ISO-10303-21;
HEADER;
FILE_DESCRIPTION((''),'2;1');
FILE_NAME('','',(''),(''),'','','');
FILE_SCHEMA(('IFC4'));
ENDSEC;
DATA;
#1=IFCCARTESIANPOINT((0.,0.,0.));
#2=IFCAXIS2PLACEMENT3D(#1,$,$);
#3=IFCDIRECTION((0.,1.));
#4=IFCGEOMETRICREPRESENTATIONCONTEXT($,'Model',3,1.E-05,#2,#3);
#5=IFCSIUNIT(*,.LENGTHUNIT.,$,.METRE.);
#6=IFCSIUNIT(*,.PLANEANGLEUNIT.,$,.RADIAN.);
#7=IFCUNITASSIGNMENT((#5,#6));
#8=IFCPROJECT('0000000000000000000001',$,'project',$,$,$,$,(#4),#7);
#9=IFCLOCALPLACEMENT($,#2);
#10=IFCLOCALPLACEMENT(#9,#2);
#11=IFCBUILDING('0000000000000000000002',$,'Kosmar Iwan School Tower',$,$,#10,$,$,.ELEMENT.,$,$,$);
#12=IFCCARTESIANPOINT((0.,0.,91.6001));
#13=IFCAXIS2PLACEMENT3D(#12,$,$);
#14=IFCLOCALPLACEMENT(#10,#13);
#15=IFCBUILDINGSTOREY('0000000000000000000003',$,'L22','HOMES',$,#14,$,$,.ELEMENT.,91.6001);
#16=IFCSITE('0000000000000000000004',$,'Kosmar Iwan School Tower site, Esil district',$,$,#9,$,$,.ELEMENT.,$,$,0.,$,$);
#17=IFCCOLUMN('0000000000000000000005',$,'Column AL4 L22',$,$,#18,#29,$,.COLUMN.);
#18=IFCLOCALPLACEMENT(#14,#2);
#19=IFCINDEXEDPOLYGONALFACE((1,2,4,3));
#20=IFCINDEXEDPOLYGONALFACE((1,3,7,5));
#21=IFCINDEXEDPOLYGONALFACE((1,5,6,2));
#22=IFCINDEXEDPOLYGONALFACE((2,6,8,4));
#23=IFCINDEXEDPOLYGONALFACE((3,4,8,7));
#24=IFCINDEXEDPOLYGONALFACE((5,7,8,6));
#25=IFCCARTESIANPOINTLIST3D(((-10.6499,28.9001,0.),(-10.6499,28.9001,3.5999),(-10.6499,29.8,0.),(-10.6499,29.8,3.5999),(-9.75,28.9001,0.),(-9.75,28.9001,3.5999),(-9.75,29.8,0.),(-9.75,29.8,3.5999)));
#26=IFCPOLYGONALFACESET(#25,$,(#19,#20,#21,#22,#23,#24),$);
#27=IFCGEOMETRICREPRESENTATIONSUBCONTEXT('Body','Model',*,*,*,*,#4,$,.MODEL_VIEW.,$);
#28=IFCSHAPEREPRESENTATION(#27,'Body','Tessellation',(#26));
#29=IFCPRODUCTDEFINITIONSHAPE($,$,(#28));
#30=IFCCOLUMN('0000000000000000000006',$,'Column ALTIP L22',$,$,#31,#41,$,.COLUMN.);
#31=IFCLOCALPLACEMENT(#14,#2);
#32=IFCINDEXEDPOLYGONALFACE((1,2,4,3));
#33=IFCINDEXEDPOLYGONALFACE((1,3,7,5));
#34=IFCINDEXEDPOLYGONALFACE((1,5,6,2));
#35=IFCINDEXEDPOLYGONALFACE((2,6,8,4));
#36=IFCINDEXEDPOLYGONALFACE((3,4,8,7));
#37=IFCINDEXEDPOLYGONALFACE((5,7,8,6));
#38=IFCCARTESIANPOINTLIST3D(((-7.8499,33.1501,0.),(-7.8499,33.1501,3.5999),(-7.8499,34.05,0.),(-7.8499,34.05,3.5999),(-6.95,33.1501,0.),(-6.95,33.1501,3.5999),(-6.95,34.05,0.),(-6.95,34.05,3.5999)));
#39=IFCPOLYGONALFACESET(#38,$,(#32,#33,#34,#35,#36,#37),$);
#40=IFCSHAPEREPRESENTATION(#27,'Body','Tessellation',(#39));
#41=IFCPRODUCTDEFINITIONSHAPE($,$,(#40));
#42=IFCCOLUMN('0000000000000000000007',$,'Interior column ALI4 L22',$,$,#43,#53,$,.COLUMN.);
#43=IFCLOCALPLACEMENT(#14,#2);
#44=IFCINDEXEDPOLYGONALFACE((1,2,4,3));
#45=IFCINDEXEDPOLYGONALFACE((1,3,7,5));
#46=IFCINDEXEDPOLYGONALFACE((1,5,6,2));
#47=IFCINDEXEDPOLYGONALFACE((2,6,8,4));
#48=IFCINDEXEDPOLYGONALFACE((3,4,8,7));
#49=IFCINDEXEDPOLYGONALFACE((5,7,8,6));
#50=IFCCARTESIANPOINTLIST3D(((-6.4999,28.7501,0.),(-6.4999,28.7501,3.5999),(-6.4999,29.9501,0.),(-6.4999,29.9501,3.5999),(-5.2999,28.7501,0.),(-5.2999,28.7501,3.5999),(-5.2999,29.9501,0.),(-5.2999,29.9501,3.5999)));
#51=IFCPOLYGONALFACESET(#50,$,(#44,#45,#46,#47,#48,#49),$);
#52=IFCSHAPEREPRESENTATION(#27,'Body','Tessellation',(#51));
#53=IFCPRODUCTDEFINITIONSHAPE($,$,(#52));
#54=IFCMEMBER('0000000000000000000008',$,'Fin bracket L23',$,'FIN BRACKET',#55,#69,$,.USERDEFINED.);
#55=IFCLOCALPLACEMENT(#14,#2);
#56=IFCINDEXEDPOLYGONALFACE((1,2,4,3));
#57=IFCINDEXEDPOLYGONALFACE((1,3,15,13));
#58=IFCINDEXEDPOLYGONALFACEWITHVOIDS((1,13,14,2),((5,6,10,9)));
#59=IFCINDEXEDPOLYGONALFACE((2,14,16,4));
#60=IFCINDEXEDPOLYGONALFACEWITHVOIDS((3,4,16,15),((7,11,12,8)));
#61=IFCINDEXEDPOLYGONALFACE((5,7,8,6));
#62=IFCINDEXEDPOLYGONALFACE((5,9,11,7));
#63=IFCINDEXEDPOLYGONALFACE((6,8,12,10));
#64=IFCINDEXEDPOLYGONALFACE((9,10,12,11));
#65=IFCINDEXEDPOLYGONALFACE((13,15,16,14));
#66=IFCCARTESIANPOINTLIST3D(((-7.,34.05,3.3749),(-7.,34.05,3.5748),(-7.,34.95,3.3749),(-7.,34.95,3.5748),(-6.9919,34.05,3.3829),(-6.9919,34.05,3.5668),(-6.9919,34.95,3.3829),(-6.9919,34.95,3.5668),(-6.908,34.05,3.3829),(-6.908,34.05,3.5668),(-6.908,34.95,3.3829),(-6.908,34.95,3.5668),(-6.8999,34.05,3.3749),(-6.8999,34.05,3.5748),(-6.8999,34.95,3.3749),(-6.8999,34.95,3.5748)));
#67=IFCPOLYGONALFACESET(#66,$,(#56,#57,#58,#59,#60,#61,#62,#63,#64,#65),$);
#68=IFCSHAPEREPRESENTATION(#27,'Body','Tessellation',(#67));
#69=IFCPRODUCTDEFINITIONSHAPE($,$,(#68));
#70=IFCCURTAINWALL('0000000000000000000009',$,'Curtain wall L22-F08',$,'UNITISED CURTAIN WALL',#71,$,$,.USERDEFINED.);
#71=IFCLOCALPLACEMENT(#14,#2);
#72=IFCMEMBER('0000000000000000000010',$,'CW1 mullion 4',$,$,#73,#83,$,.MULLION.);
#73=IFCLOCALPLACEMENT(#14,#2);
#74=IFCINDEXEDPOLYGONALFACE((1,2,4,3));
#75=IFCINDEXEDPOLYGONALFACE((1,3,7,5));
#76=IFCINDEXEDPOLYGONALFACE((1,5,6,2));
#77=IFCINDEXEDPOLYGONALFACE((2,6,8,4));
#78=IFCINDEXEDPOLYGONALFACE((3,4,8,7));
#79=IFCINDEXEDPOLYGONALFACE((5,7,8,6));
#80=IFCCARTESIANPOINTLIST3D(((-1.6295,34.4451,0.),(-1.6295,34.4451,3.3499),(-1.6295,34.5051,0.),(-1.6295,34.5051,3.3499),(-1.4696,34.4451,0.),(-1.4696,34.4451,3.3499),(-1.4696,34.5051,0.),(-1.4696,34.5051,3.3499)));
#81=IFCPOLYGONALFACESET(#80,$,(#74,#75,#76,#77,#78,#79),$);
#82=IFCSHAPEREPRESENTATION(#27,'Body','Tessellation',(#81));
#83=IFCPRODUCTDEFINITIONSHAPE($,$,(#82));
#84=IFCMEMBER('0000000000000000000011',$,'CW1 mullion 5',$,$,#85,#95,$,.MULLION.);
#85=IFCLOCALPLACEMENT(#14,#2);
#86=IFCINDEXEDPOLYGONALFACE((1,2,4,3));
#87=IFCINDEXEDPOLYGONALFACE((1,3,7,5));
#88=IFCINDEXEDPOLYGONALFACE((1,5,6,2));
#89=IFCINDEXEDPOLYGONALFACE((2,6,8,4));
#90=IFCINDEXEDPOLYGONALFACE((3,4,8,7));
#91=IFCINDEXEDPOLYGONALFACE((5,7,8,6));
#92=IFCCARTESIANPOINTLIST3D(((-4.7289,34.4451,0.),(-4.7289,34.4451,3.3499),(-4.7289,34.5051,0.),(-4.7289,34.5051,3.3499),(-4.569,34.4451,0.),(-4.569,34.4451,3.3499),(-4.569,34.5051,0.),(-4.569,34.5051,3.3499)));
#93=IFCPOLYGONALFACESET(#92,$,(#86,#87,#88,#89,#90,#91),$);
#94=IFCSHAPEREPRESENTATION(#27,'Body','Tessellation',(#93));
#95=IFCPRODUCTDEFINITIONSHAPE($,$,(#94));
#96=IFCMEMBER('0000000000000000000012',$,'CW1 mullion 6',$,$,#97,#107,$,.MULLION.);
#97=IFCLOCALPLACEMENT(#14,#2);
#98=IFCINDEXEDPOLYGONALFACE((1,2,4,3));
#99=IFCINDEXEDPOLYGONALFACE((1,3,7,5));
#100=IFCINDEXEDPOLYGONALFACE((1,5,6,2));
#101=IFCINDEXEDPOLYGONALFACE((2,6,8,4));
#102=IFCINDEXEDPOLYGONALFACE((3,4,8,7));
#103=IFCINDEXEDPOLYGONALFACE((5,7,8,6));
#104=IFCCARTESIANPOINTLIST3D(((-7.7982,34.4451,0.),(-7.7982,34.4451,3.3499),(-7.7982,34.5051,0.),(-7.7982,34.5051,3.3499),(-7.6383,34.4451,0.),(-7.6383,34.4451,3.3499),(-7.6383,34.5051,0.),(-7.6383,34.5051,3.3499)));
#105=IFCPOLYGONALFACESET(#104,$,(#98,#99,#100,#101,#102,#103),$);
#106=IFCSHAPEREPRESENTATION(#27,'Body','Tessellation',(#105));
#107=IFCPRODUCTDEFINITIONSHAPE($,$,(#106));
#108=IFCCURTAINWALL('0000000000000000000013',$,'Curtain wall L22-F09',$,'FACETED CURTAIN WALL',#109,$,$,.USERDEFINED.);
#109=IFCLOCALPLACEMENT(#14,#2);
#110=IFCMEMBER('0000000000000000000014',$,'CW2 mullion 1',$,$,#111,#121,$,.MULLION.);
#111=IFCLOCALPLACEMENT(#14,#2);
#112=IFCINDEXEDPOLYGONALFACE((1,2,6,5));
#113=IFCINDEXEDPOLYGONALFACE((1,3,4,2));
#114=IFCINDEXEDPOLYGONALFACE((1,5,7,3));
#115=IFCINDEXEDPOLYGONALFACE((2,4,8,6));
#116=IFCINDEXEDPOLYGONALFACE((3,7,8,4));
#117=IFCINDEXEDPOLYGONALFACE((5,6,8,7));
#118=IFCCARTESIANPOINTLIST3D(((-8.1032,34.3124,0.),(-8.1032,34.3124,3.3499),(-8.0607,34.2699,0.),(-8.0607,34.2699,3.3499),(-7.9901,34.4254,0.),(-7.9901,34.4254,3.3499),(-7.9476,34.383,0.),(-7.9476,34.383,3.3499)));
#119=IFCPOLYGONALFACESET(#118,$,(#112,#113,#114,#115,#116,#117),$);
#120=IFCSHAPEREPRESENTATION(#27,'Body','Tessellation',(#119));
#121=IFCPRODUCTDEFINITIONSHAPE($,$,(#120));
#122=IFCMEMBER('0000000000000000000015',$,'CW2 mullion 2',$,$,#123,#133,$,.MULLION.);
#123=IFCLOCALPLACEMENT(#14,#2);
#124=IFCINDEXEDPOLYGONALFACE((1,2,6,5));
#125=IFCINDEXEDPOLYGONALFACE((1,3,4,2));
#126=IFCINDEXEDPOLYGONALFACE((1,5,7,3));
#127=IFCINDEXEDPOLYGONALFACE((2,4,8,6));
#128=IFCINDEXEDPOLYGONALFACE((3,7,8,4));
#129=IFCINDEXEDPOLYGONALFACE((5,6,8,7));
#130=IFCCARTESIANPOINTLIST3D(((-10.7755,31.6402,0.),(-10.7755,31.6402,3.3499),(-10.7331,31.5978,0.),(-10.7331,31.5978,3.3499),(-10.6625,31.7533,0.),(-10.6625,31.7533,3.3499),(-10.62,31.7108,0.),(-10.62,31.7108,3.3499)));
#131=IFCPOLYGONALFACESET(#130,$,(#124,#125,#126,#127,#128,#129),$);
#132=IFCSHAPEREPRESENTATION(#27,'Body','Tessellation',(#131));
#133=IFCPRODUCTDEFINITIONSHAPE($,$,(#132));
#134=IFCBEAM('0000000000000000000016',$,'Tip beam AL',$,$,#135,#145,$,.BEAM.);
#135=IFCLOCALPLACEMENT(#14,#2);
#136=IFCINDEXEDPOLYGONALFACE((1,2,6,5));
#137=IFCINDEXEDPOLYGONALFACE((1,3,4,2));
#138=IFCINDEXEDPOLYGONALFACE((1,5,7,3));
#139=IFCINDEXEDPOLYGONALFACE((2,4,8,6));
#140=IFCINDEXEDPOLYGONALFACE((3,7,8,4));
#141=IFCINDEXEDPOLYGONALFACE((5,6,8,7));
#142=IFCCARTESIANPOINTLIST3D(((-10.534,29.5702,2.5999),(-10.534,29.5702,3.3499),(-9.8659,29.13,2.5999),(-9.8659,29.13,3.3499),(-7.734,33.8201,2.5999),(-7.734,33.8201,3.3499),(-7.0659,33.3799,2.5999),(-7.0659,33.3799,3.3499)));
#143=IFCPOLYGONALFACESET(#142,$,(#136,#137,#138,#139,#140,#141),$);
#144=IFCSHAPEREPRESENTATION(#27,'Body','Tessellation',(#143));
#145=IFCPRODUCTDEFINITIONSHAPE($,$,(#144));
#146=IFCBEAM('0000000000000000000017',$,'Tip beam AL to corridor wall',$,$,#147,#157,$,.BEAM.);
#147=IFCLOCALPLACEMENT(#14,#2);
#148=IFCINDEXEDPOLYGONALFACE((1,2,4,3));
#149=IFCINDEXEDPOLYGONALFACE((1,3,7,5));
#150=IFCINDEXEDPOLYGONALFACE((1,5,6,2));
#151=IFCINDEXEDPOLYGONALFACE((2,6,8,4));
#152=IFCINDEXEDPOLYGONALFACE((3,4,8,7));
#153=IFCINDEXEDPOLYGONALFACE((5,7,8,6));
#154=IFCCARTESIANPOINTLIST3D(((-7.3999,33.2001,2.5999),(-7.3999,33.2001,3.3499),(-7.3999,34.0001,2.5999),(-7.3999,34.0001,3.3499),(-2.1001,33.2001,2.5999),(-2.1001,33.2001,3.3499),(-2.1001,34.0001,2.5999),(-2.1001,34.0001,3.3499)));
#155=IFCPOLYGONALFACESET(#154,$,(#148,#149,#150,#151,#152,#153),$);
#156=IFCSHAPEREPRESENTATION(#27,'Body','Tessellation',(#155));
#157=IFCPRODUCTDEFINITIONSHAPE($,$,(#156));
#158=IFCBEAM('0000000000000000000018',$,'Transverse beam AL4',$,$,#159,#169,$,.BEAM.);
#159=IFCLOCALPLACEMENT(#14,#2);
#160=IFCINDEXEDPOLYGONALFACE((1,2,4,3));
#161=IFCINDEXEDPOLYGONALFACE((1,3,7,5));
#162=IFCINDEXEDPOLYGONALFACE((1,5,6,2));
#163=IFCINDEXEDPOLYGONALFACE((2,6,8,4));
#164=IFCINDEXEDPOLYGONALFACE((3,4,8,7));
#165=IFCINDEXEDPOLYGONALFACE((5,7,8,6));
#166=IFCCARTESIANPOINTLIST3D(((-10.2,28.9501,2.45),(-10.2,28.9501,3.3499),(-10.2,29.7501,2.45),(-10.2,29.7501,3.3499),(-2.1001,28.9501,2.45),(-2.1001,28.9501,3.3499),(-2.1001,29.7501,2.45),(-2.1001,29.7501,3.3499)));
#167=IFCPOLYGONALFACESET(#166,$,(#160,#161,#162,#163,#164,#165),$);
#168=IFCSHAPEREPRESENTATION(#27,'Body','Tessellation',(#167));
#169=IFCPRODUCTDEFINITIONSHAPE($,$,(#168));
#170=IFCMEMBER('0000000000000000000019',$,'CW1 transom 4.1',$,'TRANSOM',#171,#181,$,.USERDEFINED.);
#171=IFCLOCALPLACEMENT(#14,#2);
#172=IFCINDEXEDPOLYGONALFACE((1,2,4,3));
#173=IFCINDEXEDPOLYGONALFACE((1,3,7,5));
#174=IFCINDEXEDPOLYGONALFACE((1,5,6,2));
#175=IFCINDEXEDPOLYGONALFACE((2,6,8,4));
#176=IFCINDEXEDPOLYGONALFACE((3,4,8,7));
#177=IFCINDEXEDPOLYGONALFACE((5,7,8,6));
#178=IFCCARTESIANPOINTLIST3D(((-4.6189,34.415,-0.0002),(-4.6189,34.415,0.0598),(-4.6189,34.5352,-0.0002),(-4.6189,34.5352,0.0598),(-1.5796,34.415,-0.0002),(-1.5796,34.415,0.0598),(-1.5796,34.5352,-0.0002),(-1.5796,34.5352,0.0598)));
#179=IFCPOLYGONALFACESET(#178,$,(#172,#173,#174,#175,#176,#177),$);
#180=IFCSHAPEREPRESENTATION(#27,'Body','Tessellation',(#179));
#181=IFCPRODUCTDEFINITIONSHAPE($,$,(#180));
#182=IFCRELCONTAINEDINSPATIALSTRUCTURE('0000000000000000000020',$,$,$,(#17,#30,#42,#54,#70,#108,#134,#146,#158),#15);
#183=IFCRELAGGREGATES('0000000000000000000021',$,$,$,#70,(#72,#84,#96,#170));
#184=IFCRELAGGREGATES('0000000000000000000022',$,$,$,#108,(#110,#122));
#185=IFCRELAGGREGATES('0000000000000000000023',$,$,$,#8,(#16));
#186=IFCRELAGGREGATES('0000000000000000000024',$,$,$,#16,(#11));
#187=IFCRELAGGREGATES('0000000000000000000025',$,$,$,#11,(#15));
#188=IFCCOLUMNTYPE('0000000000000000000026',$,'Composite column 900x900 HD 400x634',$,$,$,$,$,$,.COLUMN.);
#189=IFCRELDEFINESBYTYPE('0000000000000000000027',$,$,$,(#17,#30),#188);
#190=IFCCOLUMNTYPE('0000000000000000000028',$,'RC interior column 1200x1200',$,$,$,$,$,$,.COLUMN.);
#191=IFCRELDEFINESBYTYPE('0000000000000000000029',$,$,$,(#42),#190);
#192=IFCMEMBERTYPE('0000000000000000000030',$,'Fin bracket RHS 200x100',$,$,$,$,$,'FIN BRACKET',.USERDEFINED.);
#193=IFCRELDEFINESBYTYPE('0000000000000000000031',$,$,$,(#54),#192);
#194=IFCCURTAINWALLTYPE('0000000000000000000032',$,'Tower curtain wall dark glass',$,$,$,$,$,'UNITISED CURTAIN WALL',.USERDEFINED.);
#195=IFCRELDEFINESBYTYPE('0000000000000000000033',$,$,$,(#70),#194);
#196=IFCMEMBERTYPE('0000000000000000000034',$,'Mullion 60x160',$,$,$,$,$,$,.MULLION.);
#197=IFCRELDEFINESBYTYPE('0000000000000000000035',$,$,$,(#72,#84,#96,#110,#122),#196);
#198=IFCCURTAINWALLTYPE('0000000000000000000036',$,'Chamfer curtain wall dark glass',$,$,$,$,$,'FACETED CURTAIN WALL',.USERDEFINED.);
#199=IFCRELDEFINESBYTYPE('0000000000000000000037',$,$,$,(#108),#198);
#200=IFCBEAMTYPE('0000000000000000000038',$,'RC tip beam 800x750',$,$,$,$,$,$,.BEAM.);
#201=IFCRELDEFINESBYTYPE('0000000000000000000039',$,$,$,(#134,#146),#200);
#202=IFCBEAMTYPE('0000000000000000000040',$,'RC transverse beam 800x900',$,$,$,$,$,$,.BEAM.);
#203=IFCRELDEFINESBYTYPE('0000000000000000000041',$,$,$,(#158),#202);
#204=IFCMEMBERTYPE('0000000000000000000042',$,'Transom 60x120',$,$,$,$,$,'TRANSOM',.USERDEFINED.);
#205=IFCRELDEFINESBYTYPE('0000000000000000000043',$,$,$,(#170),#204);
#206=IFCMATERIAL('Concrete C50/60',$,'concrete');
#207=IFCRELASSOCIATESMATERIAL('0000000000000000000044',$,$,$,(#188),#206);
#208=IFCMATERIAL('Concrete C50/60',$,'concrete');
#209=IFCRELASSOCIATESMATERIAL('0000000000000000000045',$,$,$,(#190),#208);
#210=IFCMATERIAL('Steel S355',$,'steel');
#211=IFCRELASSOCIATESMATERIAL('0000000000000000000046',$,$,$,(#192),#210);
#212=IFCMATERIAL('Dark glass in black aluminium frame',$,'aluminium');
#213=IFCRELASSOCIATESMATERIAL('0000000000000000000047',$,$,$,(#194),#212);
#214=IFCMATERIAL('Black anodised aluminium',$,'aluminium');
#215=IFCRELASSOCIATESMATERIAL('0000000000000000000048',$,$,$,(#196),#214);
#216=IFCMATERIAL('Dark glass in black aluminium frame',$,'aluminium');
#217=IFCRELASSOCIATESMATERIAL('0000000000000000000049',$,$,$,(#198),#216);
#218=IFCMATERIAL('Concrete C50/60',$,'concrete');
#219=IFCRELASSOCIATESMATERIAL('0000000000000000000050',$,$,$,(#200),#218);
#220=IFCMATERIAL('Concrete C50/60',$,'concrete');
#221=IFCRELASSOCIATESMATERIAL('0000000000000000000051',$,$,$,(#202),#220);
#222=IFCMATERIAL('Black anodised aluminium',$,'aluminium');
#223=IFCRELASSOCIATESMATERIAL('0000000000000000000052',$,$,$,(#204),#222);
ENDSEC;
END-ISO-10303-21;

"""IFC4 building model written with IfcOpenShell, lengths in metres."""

from ifc_helpers import new_model, si_unit, direction, frame, origin, origin_2d, place, context, subcontext, project, spatial, rectangle, hollow_rectangle, extrude, material, material_profile, profile_set, type_object, element, aggregate, save


model = new_model("IFC4")

# Units and contexts
model_context = context("Model", 3, precision=1e-05, world=origin(), true_north=direction((0.0, 1.0)))
body_context = subcontext(model_context, "Body", "Model", "MODEL_VIEW")
ifc_project = project(units=[si_unit("LENGTHUNIT", "METRE"), si_unit("PLANEANGLEUNIT", "RADIAN")], contexts=[model_context])

# Site, building, storey
site_placement = place(None, origin())
site = spatial("IfcSite", under=ifc_project, at=site_placement, Name="Kosmar Iwan School Tower site, Esil district", CompositionType="ELEMENT", RefElevation=0.0)
building_placement = place(site_placement, origin())
building = spatial("IfcBuilding", under=site, at=building_placement, Name="Kosmar Iwan School Tower", CompositionType="ELEMENT")
storey_placement = place(building_placement, frame((0.0, 0.0, 91.6001)))
storey = spatial("IfcBuildingStorey", under=building, at=storey_placement, Name="L22", Description="HOMES", CompositionType="ELEMENT", Elevation=91.6001)

# Columns
ifc_material_1 = material(Name="Concrete C50/60", Category="concrete")
ifc_material_profile_1 = material_profile(ifc_material_1, rectangle(XDim=0.8999, YDim=0.8999, at=origin_2d()), Name="RC 900x900 + HD 400x634")
ifc_profile_set_1 = profile_set([ifc_material_profile_1], Name="Concrete C50/60")
column_type_1 = type_object("IfcColumnType", Name="Composite column 900x900 HD 400x634", PredefinedType="COLUMN", material=ifc_profile_set_1)
for number, where, z_axis, x_axis, name in (
    (1, (-10.2, 29.3501, 0.0), (0.0, 0.0, 1.0), (0.0, 1.0, 0.0), "Column AL4 L22"),
    (2, (-7.3999, 33.6001, 0.0), (0.0, 0.0, 1.0), (0.0, 1.0, 0.0), "Column ALTIP L22"),
):
    element("IfcColumn", number, at=place(storey_placement, frame(where, z_axis=z_axis, x_axis=x_axis)), inside=storey, type_object=column_type_1, Name=name, PredefinedType="COLUMN", context=body_context, shape_type="SweptSolid", body=[
        extrude(rectangle(XDim=0.8999, YDim=0.8999, at=origin_2d()), origin(), (0.0, 0.0, 1.0), 3.5999),
    ])
ifc_material_2 = material(Name="Concrete C50/60", Category="concrete")
ifc_material_profile_2 = material_profile(ifc_material_2, rectangle(XDim=1.2, YDim=1.2, at=origin_2d()), Name="RC 1200x1200")
ifc_profile_set_2 = profile_set([ifc_material_profile_2], Name="Concrete C50/60")
column_type_2 = type_object("IfcColumnType", Name="RC interior column 1200x1200", PredefinedType="COLUMN", material=ifc_profile_set_2)
column_placement = place(storey_placement, frame((-5.8999, 29.3501, 0.0), z_axis=(0.0, 0.0, 1.0), x_axis=(0.0, 1.0, 0.0)))
element("IfcColumn", 3, at=column_placement, inside=storey, type_object=column_type_2, Name="Interior column ALI4 L22", PredefinedType="COLUMN", context=body_context, shape_type="SweptSolid", body=[
    extrude(rectangle(XDim=1.2, YDim=1.2, at=origin_2d()), origin(), (0.0, 0.0, 1.0), 3.5999),
])

# Member
ifc_material_3 = material(Name="Steel S355", Category="steel")
ifc_material_profile_3 = material_profile(ifc_material_3, hollow_rectangle(XDim=0.1001, YDim=0.2, WallThickness=0.0081, at=origin_2d()), Name="RHS 200x100x8")
ifc_profile_set_3 = profile_set([ifc_material_profile_3], Name="Steel S355")
member_type_1 = type_object("IfcMemberType", Name="Fin bracket RHS 200x100", ElementType="FIN BRACKET", PredefinedType="USERDEFINED", material=ifc_profile_set_3)
member_1_placement = place(storey_placement, frame((-6.95, 34.05, 3.4749), z_axis=(0.0, 1.0, 0.0), x_axis=(-1.0, 0.0, 0.0)))
element("IfcMember", 4, at=member_1_placement, inside=storey, type_object=member_type_1, Name="Fin bracket L23", ObjectType="FIN BRACKET", PredefinedType="USERDEFINED", context=body_context, shape_type="SweptSolid", body=[
    extrude(hollow_rectangle(XDim=0.1001, YDim=0.2, WallThickness=0.0081, at=origin_2d()), origin(), (0.0, 0.0, 1.0), 0.8999),
])

# Curtain walls, members
ifc_material_4 = material(Name="Dark glass in black aluminium frame", Category="aluminium")
curtain_wall_type_1 = type_object("IfcCurtainWallType", Name="Tower curtain wall dark glass", ElementType="UNITISED CURTAIN WALL", PredefinedType="USERDEFINED", material=ifc_material_4)
curtain_wall_1_placement = place(storey_placement, origin())
curtain_wall_1 = element("IfcCurtainWall", 5, at=curtain_wall_1_placement, inside=storey, type_object=curtain_wall_type_1, Name="Curtain wall L22-F08", ObjectType="UNITISED CURTAIN WALL", PredefinedType="USERDEFINED")
ifc_material_5 = material(Name="Black anodised aluminium", Category="aluminium")
ifc_material_profile_4 = material_profile(ifc_material_5, rectangle(XDim=0.0601, YDim=0.1599, at=origin_2d()), Name="MULLION 60x160")
ifc_profile_set_4 = profile_set([ifc_material_profile_4], Name="Black anodised aluminium")
member_type_2 = type_object("IfcMemberType", Name="Mullion 60x160", PredefinedType="MULLION", material=ifc_profile_set_4)
member_2_placement = place(storey_placement, frame((-1.5496, 34.4751, 0.0), z_axis=(0.0, 0.0, 1.0), x_axis=(0.0, -1.0, 0.0)))
member_2 = element("IfcMember", 6, at=member_2_placement, type_object=member_type_2, Name="CW1 mullion 4", PredefinedType="MULLION", context=body_context, shape_type="SweptSolid", body=[
    extrude(rectangle(XDim=0.0601, YDim=0.1599, at=origin_2d()), origin(), (0.0, 0.0, 1.0), 3.3499),
])
member_3_placement = place(storey_placement, frame((-4.6489, 34.4751, 0.0), z_axis=(0.0, 0.0, 1.0), x_axis=(0.0, -1.0, 0.0)))
member_3 = element("IfcMember", 7, at=member_3_placement, type_object=member_type_2, Name="CW1 mullion 5", PredefinedType="MULLION", context=body_context, shape_type="SweptSolid", body=[
    extrude(rectangle(XDim=0.0601, YDim=0.1599, at=origin_2d()), origin(), (0.0, 0.0, 1.0), 3.3499),
])
member_4_placement = place(storey_placement, frame((-7.7183, 34.4751, 0.0), z_axis=(0.0, 0.0, 1.0), x_axis=(0.0, -1.0, 0.0)))
member_4 = element("IfcMember", 8, at=member_4_placement, type_object=member_type_2, Name="CW1 mullion 6", PredefinedType="MULLION", context=body_context, shape_type="SweptSolid", body=[
    extrude(rectangle(XDim=0.0601, YDim=0.1599, at=origin_2d()), origin(), (0.0, 0.0, 1.0), 3.3499),
])
ifc_material_6 = material(Name="Dark glass in black aluminium frame", Category="aluminium")
curtain_wall_type_2 = type_object("IfcCurtainWallType", Name="Chamfer curtain wall dark glass", ElementType="FACETED CURTAIN WALL", PredefinedType="USERDEFINED", material=ifc_material_6)
curtain_wall_2_placement = place(storey_placement, origin())
curtain_wall_2 = element("IfcCurtainWall", 9, at=curtain_wall_2_placement, inside=storey, type_object=curtain_wall_type_2, Name="Curtain wall L22-F09", ObjectType="FACETED CURTAIN WALL", PredefinedType="USERDEFINED")
member_5_placement = place(storey_placement, frame((-8.0254, 34.3477, 0.0), z_axis=(0.0, 0.0, 1.0), x_axis=(0.707107, -0.707107, 0.0)))
member_5 = element("IfcMember", 10, at=member_5_placement, type_object=member_type_2, Name="CW2 mullion 1", PredefinedType="MULLION", context=body_context, shape_type="SweptSolid", body=[
    extrude(rectangle(XDim=0.0601, YDim=0.1599, at=origin_2d()), origin(), (0.0, 0.0, 1.0), 3.3499),
])
member_6_placement = place(storey_placement, frame((-10.6978, 31.6755, 0.0), z_axis=(0.0, 0.0, 1.0), x_axis=(0.707107, -0.707107, 0.0)))
member_6 = element("IfcMember", 11, at=member_6_placement, type_object=member_type_2, Name="CW2 mullion 2", PredefinedType="MULLION", context=body_context, shape_type="SweptSolid", body=[
    extrude(rectangle(XDim=0.0601, YDim=0.1599, at=origin_2d()), origin(), (0.0, 0.0, 1.0), 3.3499),
])

# Beams
ifc_material_7 = material(Name="Concrete C50/60", Category="concrete")
ifc_material_profile_5 = material_profile(ifc_material_7, rectangle(XDim=0.8, YDim=0.75, at=origin_2d()), Name="RC 800x750")
ifc_profile_set_5 = profile_set([ifc_material_profile_5], Name="Concrete C50/60")
beam_type_1 = type_object("IfcBeamType", Name="RC tip beam 800x750", PredefinedType="BEAM", material=ifc_profile_set_5)
beam_1_placement = place(storey_placement, frame((-10.2, 29.3501, 2.9749), z_axis=(0.550164, 0.835056, 0.0), x_axis=(-0.835056, 0.550164, 0.0)))
element("IfcBeam", 12, at=beam_1_placement, inside=storey, type_object=beam_type_1, Name="Tip beam AL", PredefinedType="BEAM", context=body_context, shape_type="SweptSolid", body=[
    extrude(rectangle(XDim=0.8, YDim=0.75, at=origin_2d()), origin(), (0.0, 0.0, 1.0), 5.0894),
])
beam_2_placement = place(storey_placement, frame((-7.3999, 33.6001, 2.9749), z_axis=(1.0, 0.0, 0.0), x_axis=(0.0, 1.0, 0.0)))
element("IfcBeam", 13, at=beam_2_placement, inside=storey, type_object=beam_type_1, Name="Tip beam AL to corridor wall", PredefinedType="BEAM", context=body_context, shape_type="SweptSolid", body=[
    extrude(rectangle(XDim=0.8, YDim=0.75, at=origin_2d()), origin(), (0.0, 0.0, 1.0), 5.2998),
])
ifc_material_8 = material(Name="Concrete C50/60", Category="concrete")
ifc_material_profile_6 = material_profile(ifc_material_8, rectangle(XDim=0.8, YDim=0.8999, at=origin_2d()), Name="RC 800x900")
ifc_profile_set_6 = profile_set([ifc_material_profile_6], Name="Concrete C50/60")
beam_type_2 = type_object("IfcBeamType", Name="RC transverse beam 800x900", PredefinedType="BEAM", material=ifc_profile_set_6)
beam_3_placement = place(storey_placement, frame((-10.2, 29.3501, 2.8999), z_axis=(1.0, 0.0, 0.0), x_axis=(0.0, 1.0, 0.0)))
element("IfcBeam", 14, at=beam_3_placement, inside=storey, type_object=beam_type_2, Name="Transverse beam AL4", PredefinedType="BEAM", context=body_context, shape_type="SweptSolid", body=[
    extrude(rectangle(XDim=0.8, YDim=0.8999, at=origin_2d()), origin(), (0.0, 0.0, 1.0), 8.0999),
])

# Member
ifc_material_9 = material(Name="Black anodised aluminium", Category="aluminium")
ifc_material_profile_7 = material_profile(ifc_material_9, rectangle(XDim=0.1201, YDim=0.0601, at=origin_2d()), Name="TRANSOM 60x120")
ifc_profile_set_7 = profile_set([ifc_material_profile_7], Name="Black anodised aluminium")
member_type_3 = type_object("IfcMemberType", Name="Transom 60x120", ElementType="TRANSOM", PredefinedType="USERDEFINED", material=ifc_profile_set_7)
member_7_placement = place(storey_placement, frame((-1.5796, 34.4751, 0.0298), z_axis=(-1.0, 0.0, 0.0), x_axis=(0.0, -1.0, 0.0)))
member_7 = element("IfcMember", 15, at=member_7_placement, type_object=member_type_3, Name="CW1 transom 4.1", ObjectType="TRANSOM", PredefinedType="USERDEFINED", context=body_context, shape_type="SweptSolid", body=[
    extrude(rectangle(XDim=0.1201, YDim=0.0601, at=origin_2d()), origin(), (0.0, 0.0, 1.0), 3.0393),
])

aggregate(curtain_wall_1, [member_2, member_3, member_4, member_7])
aggregate(curtain_wall_2, [member_5, member_6])

save(model, "model.ifc")
